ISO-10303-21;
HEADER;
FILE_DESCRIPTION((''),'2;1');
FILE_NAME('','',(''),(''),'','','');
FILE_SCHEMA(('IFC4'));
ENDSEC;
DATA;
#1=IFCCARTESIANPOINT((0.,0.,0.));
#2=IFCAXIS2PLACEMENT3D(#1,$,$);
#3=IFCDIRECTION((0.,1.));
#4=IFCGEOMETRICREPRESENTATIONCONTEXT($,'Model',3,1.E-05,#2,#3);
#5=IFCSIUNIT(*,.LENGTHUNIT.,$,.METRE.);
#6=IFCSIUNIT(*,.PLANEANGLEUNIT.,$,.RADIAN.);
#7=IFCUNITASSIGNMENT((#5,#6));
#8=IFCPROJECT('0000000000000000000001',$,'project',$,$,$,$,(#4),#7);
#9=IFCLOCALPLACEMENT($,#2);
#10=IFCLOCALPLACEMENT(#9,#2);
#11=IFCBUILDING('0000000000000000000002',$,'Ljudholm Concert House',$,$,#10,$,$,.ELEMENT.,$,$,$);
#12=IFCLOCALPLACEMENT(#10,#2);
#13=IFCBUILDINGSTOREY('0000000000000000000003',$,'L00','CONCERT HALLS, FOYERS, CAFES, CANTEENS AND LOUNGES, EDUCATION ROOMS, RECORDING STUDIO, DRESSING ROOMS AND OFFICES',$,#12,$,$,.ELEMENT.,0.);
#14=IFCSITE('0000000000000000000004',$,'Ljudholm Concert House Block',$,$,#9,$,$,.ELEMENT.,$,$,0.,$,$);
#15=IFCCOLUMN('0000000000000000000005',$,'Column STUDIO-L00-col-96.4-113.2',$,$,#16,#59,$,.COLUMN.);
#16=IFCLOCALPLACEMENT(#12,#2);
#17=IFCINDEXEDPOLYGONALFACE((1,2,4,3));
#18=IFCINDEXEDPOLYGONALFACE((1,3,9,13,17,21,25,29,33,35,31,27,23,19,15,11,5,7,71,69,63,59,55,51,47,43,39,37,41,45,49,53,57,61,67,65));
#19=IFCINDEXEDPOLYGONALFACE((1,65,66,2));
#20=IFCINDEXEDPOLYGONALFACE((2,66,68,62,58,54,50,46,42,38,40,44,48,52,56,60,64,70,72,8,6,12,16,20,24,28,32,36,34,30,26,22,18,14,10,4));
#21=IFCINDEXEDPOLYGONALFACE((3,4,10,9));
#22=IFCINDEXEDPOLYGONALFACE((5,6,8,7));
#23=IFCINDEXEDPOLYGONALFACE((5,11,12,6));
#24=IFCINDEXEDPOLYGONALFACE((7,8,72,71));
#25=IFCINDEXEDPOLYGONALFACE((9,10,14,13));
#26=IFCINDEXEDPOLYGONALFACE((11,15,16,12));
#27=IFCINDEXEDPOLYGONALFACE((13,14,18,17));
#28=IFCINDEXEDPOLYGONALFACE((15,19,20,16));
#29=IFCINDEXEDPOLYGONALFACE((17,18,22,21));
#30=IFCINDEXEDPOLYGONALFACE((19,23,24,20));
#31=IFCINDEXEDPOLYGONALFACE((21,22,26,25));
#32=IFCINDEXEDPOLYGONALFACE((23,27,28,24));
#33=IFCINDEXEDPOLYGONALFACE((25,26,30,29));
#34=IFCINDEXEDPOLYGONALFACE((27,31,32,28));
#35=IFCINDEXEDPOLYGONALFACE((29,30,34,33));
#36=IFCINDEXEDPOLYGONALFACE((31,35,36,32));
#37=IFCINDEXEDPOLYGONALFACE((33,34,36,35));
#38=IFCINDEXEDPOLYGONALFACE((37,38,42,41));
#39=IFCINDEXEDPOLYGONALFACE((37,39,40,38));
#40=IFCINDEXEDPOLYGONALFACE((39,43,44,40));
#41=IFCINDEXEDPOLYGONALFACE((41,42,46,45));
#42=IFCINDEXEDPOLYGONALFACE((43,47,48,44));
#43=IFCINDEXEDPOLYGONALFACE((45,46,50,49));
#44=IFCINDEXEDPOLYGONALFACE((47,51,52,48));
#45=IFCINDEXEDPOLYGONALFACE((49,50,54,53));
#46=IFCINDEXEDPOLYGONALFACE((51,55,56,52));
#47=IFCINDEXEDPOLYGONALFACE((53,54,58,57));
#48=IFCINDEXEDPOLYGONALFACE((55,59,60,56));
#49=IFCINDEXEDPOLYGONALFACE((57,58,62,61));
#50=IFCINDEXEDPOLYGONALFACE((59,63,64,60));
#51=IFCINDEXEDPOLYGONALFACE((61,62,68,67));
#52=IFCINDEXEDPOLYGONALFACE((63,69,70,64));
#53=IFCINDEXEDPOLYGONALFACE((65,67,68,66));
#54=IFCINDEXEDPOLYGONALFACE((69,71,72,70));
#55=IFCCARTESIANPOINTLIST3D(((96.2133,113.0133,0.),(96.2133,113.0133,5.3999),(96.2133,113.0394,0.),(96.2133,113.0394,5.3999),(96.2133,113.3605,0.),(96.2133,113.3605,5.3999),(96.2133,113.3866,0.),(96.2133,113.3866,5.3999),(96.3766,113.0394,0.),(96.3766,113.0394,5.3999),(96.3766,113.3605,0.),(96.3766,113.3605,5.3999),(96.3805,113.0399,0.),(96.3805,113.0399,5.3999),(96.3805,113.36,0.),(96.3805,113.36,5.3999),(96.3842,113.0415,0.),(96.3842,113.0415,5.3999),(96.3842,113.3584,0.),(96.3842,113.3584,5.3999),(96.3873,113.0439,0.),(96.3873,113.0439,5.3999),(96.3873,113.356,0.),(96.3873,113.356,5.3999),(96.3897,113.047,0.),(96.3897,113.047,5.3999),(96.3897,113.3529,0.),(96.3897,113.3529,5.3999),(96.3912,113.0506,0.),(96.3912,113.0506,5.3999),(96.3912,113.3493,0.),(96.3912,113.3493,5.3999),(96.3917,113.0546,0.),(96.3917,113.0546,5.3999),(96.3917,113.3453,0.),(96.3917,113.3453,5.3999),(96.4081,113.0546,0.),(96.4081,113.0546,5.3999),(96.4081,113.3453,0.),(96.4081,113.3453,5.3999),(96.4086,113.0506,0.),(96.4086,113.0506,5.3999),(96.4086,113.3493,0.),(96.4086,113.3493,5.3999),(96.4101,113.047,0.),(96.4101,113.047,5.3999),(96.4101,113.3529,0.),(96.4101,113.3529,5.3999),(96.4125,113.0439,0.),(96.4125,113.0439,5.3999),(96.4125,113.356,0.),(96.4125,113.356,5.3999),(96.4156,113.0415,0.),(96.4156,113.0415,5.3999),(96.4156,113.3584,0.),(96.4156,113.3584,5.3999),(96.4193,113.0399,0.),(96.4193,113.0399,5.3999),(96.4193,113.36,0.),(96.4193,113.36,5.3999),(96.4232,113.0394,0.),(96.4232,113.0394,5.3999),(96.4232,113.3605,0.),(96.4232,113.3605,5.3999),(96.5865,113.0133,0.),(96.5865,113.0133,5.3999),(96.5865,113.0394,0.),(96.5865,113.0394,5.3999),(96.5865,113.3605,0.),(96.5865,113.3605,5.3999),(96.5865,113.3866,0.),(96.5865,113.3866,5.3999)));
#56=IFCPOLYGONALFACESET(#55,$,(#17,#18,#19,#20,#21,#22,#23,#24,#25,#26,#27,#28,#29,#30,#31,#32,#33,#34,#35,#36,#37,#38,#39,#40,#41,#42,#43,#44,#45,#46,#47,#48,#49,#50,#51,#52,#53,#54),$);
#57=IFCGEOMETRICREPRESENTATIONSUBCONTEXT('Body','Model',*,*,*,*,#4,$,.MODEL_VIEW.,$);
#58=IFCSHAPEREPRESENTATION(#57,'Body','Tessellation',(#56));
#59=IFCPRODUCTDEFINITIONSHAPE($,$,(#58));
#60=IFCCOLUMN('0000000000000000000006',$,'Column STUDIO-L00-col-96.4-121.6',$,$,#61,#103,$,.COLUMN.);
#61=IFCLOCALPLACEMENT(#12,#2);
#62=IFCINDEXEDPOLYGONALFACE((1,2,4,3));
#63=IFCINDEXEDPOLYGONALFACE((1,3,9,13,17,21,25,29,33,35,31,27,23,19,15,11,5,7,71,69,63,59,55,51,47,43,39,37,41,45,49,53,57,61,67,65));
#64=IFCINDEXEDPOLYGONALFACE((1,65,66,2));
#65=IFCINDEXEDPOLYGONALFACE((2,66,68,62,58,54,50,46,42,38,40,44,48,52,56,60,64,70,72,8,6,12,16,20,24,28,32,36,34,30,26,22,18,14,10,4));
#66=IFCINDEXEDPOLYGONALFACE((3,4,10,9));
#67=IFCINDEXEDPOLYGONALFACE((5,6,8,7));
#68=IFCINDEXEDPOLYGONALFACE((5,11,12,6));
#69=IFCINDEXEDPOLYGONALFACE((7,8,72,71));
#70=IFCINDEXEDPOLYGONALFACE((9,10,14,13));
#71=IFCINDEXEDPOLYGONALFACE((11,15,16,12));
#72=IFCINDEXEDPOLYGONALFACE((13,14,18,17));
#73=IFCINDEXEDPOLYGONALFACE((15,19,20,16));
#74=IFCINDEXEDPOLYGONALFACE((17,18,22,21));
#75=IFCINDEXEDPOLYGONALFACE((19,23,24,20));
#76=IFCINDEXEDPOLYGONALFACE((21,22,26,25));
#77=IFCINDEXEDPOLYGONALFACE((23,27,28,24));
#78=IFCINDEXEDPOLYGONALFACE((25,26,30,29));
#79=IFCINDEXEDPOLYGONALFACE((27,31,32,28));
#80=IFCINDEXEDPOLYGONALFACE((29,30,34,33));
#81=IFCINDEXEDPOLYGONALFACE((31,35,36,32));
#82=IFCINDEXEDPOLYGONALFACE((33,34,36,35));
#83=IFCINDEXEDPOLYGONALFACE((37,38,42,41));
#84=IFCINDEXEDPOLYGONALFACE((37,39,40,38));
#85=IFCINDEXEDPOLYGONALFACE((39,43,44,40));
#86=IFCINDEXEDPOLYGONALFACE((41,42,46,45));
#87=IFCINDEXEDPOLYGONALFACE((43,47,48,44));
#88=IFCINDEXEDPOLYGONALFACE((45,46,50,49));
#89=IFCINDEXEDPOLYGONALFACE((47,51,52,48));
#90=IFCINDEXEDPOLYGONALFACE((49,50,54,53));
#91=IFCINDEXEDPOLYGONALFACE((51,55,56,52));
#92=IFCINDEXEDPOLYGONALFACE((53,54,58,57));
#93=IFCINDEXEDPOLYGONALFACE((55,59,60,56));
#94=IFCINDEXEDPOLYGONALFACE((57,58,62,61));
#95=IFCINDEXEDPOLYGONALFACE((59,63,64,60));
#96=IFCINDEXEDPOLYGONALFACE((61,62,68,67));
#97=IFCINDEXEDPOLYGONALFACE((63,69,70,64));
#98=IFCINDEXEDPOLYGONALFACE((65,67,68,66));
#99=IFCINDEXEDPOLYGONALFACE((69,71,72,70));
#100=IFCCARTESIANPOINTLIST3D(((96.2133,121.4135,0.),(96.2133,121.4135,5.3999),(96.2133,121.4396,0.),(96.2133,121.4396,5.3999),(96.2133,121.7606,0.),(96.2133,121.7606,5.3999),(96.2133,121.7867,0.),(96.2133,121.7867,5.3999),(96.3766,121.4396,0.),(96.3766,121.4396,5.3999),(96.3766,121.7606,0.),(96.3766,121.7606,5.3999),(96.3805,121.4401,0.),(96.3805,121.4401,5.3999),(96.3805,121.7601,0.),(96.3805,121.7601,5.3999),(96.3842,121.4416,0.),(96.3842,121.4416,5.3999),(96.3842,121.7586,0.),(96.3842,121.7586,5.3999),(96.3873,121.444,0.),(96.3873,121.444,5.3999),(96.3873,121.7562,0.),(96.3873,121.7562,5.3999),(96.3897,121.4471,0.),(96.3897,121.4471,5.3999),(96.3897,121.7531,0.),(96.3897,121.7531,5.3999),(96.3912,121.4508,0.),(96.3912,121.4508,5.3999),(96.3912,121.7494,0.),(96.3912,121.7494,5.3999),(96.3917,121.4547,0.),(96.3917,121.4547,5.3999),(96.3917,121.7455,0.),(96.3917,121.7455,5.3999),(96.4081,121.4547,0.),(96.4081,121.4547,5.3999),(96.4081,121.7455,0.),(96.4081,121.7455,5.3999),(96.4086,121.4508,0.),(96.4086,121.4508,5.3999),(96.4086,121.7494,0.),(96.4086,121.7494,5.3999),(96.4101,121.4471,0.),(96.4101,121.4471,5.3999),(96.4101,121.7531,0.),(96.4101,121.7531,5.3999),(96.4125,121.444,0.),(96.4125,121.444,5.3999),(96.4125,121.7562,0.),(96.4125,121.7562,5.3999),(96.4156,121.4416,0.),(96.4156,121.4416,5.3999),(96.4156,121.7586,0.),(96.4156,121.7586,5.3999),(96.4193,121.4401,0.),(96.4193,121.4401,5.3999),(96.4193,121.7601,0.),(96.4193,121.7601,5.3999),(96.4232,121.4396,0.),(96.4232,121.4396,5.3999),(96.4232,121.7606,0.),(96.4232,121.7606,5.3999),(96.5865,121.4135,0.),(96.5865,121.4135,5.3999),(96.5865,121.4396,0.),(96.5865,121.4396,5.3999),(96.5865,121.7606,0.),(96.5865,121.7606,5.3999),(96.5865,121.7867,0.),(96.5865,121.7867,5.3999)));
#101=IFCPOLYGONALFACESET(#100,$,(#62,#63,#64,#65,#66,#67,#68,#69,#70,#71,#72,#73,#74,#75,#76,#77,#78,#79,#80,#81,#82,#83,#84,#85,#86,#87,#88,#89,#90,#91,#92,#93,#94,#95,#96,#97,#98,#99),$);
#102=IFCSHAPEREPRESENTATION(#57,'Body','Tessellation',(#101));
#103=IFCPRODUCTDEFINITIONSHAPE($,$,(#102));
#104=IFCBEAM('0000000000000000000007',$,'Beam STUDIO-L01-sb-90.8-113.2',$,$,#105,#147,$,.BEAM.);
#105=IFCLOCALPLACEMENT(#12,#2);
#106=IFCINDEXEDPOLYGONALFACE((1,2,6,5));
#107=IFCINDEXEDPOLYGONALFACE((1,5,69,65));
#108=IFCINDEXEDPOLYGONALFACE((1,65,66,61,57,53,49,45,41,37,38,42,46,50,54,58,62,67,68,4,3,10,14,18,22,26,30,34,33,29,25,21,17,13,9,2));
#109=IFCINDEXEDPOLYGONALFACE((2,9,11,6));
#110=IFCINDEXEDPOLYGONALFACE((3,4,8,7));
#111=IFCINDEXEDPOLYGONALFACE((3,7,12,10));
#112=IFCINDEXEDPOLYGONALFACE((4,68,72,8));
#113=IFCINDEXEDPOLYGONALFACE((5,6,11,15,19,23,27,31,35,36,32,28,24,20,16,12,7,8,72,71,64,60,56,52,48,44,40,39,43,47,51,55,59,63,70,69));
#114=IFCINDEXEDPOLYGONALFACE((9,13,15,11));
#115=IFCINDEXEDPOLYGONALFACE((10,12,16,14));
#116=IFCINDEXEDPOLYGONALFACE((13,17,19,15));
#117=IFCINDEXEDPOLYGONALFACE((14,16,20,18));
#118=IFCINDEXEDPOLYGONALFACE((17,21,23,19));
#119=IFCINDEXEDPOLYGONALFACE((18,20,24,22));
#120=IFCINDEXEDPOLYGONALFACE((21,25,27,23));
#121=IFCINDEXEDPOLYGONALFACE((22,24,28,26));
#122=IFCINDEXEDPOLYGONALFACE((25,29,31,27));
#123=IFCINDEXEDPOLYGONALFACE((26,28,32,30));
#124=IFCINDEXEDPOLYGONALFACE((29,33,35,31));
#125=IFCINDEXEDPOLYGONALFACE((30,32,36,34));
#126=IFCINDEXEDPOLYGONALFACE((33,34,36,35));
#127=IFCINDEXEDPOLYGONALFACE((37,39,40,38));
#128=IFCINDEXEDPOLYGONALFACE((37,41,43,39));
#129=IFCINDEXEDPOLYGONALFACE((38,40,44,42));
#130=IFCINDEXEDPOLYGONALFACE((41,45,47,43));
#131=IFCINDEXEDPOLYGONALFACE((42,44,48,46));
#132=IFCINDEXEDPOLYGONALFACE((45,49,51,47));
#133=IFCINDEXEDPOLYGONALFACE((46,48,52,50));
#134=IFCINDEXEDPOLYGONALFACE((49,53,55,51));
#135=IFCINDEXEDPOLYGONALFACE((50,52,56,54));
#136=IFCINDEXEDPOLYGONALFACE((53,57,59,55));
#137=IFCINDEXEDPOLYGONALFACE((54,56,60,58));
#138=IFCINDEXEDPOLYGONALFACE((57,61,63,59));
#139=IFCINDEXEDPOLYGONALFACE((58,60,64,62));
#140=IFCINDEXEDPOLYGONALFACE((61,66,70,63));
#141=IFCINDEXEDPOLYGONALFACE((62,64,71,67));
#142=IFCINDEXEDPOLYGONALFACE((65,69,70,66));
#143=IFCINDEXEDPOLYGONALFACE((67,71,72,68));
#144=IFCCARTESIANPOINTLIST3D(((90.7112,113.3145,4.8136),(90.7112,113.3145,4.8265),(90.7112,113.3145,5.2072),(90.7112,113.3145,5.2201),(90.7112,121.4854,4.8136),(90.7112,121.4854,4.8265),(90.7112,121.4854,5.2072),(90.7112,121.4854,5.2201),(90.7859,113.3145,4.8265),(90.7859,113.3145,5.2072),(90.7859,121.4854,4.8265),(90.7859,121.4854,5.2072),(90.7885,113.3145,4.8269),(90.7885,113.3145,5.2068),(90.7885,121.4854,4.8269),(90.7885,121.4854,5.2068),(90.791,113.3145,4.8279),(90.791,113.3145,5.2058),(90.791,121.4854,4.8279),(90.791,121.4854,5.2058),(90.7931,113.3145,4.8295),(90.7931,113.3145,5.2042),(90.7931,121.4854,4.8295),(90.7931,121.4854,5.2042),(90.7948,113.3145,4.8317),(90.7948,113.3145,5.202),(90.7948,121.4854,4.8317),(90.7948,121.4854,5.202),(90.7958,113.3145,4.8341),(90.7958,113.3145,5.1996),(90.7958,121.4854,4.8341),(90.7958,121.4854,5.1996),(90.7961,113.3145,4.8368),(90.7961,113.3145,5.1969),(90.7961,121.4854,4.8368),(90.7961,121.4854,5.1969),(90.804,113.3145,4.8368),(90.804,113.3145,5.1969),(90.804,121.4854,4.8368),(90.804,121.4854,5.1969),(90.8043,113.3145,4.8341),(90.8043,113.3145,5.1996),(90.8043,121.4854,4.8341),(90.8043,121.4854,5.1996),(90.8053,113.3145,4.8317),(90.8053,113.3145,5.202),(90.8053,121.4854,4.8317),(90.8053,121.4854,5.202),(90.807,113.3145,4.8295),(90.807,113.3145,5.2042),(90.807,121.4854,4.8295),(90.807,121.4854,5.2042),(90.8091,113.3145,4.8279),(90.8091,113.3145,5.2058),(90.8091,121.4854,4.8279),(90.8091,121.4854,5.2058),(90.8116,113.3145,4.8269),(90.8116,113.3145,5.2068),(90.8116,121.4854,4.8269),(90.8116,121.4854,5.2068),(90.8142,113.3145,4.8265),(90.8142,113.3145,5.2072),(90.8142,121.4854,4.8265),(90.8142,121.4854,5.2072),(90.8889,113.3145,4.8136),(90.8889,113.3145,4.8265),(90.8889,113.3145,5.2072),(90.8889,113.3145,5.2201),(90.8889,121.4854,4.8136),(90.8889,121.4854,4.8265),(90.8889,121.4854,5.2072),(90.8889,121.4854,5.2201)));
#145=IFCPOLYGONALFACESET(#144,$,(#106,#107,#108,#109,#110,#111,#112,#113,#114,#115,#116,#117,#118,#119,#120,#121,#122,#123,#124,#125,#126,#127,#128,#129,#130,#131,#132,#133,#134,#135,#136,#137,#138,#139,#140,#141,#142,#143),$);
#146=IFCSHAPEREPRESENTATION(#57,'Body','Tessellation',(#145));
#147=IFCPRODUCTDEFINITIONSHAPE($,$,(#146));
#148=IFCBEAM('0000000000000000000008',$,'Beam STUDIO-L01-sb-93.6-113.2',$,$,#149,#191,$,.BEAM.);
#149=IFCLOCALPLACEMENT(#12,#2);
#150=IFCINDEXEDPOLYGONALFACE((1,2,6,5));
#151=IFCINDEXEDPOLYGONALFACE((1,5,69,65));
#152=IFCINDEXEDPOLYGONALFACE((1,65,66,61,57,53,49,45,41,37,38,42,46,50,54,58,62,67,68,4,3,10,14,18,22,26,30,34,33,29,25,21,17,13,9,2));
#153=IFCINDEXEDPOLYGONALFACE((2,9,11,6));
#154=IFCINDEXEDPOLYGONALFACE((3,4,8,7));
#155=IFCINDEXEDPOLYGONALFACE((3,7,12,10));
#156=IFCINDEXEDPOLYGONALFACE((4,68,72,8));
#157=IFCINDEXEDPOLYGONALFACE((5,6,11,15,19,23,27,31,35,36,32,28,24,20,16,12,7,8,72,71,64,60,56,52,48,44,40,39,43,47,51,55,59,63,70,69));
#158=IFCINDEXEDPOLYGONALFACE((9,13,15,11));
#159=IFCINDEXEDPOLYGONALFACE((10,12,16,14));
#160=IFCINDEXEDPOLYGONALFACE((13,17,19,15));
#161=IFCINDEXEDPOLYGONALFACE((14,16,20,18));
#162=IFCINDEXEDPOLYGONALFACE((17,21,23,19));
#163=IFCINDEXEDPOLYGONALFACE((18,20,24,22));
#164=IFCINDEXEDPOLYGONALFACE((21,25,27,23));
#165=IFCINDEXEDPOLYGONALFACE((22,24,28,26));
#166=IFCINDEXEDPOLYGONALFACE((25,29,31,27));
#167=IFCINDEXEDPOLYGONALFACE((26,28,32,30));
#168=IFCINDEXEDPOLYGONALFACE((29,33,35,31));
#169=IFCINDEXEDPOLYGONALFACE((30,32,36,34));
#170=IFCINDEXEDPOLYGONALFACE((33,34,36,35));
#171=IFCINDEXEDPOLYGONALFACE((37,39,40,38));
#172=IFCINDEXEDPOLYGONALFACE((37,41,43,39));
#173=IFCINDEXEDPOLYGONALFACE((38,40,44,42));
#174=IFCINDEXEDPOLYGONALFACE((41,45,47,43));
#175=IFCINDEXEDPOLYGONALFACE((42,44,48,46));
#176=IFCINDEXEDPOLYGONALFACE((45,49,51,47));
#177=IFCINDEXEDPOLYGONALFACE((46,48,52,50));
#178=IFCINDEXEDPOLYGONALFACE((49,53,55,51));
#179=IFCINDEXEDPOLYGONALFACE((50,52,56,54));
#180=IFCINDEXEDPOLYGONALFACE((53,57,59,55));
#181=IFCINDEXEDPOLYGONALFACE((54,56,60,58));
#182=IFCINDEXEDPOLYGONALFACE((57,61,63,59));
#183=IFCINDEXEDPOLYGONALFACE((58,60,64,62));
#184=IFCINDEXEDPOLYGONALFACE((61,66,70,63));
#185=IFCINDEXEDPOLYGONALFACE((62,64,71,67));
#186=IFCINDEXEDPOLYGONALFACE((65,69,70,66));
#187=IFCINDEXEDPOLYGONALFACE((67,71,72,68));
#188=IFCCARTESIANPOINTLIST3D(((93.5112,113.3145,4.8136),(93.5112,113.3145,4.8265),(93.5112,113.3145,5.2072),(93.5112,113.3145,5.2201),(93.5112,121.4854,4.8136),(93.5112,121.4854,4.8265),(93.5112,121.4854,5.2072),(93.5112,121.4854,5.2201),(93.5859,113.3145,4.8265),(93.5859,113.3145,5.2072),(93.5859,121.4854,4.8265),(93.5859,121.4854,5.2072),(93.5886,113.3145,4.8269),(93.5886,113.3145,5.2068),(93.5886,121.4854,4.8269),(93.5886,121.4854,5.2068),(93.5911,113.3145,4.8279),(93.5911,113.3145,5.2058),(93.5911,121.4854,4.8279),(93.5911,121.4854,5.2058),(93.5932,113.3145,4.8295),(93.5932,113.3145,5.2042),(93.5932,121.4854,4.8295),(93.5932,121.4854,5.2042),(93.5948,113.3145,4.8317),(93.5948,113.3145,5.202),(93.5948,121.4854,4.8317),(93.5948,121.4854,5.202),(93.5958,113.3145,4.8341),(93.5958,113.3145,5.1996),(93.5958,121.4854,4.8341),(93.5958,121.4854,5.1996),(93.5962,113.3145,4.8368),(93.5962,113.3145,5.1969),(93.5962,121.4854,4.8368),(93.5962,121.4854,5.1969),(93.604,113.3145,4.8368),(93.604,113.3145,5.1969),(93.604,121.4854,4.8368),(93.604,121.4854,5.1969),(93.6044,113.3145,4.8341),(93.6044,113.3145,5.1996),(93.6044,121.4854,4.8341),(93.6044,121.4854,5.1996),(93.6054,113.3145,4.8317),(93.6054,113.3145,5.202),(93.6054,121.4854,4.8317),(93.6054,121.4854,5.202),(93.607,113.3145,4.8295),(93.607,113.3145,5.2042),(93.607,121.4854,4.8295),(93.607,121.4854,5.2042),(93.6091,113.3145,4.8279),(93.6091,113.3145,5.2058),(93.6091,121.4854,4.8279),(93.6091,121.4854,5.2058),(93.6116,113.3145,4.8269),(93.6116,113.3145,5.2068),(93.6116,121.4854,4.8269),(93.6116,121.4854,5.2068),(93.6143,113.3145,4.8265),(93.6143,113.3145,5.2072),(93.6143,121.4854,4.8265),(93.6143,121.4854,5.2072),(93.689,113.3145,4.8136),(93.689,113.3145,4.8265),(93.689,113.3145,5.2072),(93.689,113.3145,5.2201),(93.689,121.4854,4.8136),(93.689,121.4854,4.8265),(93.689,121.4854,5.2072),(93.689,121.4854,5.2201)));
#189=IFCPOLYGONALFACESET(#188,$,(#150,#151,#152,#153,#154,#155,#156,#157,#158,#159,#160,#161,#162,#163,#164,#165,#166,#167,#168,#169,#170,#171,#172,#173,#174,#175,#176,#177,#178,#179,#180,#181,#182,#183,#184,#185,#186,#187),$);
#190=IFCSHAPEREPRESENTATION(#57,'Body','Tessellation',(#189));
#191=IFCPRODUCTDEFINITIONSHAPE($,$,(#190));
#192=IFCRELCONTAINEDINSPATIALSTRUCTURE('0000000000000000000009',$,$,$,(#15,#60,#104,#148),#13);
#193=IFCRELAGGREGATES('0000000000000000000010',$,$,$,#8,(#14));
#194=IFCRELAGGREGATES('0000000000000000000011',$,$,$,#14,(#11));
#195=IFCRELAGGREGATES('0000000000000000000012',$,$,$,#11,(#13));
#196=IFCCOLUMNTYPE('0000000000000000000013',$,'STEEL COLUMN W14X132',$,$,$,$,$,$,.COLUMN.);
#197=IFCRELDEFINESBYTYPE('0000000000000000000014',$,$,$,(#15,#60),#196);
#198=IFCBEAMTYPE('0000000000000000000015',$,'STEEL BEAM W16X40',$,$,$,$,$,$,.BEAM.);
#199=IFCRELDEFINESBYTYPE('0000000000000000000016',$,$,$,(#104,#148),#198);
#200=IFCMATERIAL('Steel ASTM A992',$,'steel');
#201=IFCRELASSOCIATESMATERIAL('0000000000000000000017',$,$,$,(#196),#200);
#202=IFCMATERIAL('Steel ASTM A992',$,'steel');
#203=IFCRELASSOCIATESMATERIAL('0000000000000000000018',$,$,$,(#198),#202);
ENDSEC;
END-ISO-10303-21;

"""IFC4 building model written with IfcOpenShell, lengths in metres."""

from ifc_helpers import new_model, si_unit, direction, frame, origin, origin_2d, place, context, subcontext, project, spatial, i_section, extrude, material, material_profile, profile_set, type_object, element, save


model = new_model("IFC4")

# Units and contexts
model_context = context("Model", 3, precision=1e-05, world=origin(), true_north=direction((0.0, 1.0)))
body_context = subcontext(model_context, "Body", "Model", "MODEL_VIEW")
ifc_project = project(units=[si_unit("LENGTHUNIT", "METRE"), si_unit("PLANEANGLEUNIT", "RADIAN")], contexts=[model_context])

# Site, building, storey
site_placement = place(None, origin())
site = spatial("IfcSite", under=ifc_project, at=site_placement, Name="Ljudholm Concert House Block", CompositionType="ELEMENT", RefElevation=0.0)
building_placement = place(site_placement, origin())
building = spatial("IfcBuilding", under=site, at=building_placement, Name="Ljudholm Concert House", CompositionType="ELEMENT")
storey_placement = place(building_placement, origin())
storey = spatial("IfcBuildingStorey", under=building, at=storey_placement, Name="L00", Description="CONCERT HALLS, FOYERS, CAFES, CANTEENS AND LOUNGES, EDUCATION ROOMS, RECORDING STUDIO, DRESSING ROOMS AND OFFICES", CompositionType="ELEMENT", Elevation=0.0)

# Columns
ifc_material_1 = material(Name="Steel ASTM A992", Category="steel")
ifc_material_profile_1 = material_profile(ifc_material_1, i_section(OverallWidth=0.3733, OverallDepth=0.3733, WebThickness=0.0164, FlangeThickness=0.0261, FilletRadius=0.0151, at=origin_2d()), Name="W14X132")
ifc_profile_set_1 = profile_set([ifc_material_profile_1], Name="Steel ASTM A992")
column_type = type_object("IfcColumnType", Name="STEEL COLUMN W14X132", PredefinedType="COLUMN", material=ifc_profile_set_1)
for number, where, z_axis, x_axis, name in (
    (1, (96.3999, 113.2, 0.0), (0.0, 0.0, 1.0), (1.0, 0.0, 0.0), "Column STUDIO-L00-col-96.4-113.2"),
    (2, (96.3999, 121.6001, 0.0), (0.0, 0.0, 1.0), (1.0, 0.0, 0.0), "Column STUDIO-L00-col-96.4-121.6"),
):
    element("IfcColumn", number, at=place(storey_placement, frame(where, z_axis=z_axis, x_axis=x_axis)), inside=storey, type_object=column_type, Name=name, PredefinedType="COLUMN", context=body_context, shape_type="SweptSolid", body=[
        extrude(i_section(OverallWidth=0.3733, OverallDepth=0.3733, WebThickness=0.0164, FlangeThickness=0.0261, FilletRadius=0.0151, at=origin_2d()), origin(), (0.0, 0.0, 1.0), 5.3999),
    ])

# Beams
ifc_material_2 = material(Name="Steel ASTM A992", Category="steel")
ifc_material_profile_2 = material_profile(ifc_material_2, i_section(OverallWidth=0.1777, OverallDepth=0.4065, WebThickness=0.0078, FlangeThickness=0.0129, FilletRadius=0.0103, at=origin_2d()), Name="W16X40")
ifc_profile_set_2 = profile_set([ifc_material_profile_2], Name="Steel ASTM A992")
beam_type_1 = type_object("IfcBeamType", Name="STEEL BEAM W16X40", PredefinedType="BEAM", material=ifc_profile_set_2)
for number, where, z_axis, x_axis, name in (
    (3, (90.8, 113.3145, 5.0168), (0.0, 1.0, 0.0), (-1.0, 0.0, 0.0), "Beam STUDIO-L01-sb-90.8-113.2"),
    (4, (93.6001, 113.3145, 5.0168), (0.0, 1.0, 0.0), (-1.0, 0.0, 0.0), "Beam STUDIO-L01-sb-93.6-113.2"),
):
    element("IfcBeam", number, at=place(storey_placement, frame(where, z_axis=z_axis, x_axis=x_axis)), inside=storey, type_object=beam_type_1, Name=name, PredefinedType="BEAM", context=body_context, shape_type="SweptSolid", body=[
        extrude(i_section(OverallWidth=0.1777, OverallDepth=0.4065, WebThickness=0.0078, FlangeThickness=0.0129, FilletRadius=0.0103, at=origin_2d()), origin(), (0.0, 0.0, 1.0), 8.1709),
    ])

save(model, "model.ifc")
